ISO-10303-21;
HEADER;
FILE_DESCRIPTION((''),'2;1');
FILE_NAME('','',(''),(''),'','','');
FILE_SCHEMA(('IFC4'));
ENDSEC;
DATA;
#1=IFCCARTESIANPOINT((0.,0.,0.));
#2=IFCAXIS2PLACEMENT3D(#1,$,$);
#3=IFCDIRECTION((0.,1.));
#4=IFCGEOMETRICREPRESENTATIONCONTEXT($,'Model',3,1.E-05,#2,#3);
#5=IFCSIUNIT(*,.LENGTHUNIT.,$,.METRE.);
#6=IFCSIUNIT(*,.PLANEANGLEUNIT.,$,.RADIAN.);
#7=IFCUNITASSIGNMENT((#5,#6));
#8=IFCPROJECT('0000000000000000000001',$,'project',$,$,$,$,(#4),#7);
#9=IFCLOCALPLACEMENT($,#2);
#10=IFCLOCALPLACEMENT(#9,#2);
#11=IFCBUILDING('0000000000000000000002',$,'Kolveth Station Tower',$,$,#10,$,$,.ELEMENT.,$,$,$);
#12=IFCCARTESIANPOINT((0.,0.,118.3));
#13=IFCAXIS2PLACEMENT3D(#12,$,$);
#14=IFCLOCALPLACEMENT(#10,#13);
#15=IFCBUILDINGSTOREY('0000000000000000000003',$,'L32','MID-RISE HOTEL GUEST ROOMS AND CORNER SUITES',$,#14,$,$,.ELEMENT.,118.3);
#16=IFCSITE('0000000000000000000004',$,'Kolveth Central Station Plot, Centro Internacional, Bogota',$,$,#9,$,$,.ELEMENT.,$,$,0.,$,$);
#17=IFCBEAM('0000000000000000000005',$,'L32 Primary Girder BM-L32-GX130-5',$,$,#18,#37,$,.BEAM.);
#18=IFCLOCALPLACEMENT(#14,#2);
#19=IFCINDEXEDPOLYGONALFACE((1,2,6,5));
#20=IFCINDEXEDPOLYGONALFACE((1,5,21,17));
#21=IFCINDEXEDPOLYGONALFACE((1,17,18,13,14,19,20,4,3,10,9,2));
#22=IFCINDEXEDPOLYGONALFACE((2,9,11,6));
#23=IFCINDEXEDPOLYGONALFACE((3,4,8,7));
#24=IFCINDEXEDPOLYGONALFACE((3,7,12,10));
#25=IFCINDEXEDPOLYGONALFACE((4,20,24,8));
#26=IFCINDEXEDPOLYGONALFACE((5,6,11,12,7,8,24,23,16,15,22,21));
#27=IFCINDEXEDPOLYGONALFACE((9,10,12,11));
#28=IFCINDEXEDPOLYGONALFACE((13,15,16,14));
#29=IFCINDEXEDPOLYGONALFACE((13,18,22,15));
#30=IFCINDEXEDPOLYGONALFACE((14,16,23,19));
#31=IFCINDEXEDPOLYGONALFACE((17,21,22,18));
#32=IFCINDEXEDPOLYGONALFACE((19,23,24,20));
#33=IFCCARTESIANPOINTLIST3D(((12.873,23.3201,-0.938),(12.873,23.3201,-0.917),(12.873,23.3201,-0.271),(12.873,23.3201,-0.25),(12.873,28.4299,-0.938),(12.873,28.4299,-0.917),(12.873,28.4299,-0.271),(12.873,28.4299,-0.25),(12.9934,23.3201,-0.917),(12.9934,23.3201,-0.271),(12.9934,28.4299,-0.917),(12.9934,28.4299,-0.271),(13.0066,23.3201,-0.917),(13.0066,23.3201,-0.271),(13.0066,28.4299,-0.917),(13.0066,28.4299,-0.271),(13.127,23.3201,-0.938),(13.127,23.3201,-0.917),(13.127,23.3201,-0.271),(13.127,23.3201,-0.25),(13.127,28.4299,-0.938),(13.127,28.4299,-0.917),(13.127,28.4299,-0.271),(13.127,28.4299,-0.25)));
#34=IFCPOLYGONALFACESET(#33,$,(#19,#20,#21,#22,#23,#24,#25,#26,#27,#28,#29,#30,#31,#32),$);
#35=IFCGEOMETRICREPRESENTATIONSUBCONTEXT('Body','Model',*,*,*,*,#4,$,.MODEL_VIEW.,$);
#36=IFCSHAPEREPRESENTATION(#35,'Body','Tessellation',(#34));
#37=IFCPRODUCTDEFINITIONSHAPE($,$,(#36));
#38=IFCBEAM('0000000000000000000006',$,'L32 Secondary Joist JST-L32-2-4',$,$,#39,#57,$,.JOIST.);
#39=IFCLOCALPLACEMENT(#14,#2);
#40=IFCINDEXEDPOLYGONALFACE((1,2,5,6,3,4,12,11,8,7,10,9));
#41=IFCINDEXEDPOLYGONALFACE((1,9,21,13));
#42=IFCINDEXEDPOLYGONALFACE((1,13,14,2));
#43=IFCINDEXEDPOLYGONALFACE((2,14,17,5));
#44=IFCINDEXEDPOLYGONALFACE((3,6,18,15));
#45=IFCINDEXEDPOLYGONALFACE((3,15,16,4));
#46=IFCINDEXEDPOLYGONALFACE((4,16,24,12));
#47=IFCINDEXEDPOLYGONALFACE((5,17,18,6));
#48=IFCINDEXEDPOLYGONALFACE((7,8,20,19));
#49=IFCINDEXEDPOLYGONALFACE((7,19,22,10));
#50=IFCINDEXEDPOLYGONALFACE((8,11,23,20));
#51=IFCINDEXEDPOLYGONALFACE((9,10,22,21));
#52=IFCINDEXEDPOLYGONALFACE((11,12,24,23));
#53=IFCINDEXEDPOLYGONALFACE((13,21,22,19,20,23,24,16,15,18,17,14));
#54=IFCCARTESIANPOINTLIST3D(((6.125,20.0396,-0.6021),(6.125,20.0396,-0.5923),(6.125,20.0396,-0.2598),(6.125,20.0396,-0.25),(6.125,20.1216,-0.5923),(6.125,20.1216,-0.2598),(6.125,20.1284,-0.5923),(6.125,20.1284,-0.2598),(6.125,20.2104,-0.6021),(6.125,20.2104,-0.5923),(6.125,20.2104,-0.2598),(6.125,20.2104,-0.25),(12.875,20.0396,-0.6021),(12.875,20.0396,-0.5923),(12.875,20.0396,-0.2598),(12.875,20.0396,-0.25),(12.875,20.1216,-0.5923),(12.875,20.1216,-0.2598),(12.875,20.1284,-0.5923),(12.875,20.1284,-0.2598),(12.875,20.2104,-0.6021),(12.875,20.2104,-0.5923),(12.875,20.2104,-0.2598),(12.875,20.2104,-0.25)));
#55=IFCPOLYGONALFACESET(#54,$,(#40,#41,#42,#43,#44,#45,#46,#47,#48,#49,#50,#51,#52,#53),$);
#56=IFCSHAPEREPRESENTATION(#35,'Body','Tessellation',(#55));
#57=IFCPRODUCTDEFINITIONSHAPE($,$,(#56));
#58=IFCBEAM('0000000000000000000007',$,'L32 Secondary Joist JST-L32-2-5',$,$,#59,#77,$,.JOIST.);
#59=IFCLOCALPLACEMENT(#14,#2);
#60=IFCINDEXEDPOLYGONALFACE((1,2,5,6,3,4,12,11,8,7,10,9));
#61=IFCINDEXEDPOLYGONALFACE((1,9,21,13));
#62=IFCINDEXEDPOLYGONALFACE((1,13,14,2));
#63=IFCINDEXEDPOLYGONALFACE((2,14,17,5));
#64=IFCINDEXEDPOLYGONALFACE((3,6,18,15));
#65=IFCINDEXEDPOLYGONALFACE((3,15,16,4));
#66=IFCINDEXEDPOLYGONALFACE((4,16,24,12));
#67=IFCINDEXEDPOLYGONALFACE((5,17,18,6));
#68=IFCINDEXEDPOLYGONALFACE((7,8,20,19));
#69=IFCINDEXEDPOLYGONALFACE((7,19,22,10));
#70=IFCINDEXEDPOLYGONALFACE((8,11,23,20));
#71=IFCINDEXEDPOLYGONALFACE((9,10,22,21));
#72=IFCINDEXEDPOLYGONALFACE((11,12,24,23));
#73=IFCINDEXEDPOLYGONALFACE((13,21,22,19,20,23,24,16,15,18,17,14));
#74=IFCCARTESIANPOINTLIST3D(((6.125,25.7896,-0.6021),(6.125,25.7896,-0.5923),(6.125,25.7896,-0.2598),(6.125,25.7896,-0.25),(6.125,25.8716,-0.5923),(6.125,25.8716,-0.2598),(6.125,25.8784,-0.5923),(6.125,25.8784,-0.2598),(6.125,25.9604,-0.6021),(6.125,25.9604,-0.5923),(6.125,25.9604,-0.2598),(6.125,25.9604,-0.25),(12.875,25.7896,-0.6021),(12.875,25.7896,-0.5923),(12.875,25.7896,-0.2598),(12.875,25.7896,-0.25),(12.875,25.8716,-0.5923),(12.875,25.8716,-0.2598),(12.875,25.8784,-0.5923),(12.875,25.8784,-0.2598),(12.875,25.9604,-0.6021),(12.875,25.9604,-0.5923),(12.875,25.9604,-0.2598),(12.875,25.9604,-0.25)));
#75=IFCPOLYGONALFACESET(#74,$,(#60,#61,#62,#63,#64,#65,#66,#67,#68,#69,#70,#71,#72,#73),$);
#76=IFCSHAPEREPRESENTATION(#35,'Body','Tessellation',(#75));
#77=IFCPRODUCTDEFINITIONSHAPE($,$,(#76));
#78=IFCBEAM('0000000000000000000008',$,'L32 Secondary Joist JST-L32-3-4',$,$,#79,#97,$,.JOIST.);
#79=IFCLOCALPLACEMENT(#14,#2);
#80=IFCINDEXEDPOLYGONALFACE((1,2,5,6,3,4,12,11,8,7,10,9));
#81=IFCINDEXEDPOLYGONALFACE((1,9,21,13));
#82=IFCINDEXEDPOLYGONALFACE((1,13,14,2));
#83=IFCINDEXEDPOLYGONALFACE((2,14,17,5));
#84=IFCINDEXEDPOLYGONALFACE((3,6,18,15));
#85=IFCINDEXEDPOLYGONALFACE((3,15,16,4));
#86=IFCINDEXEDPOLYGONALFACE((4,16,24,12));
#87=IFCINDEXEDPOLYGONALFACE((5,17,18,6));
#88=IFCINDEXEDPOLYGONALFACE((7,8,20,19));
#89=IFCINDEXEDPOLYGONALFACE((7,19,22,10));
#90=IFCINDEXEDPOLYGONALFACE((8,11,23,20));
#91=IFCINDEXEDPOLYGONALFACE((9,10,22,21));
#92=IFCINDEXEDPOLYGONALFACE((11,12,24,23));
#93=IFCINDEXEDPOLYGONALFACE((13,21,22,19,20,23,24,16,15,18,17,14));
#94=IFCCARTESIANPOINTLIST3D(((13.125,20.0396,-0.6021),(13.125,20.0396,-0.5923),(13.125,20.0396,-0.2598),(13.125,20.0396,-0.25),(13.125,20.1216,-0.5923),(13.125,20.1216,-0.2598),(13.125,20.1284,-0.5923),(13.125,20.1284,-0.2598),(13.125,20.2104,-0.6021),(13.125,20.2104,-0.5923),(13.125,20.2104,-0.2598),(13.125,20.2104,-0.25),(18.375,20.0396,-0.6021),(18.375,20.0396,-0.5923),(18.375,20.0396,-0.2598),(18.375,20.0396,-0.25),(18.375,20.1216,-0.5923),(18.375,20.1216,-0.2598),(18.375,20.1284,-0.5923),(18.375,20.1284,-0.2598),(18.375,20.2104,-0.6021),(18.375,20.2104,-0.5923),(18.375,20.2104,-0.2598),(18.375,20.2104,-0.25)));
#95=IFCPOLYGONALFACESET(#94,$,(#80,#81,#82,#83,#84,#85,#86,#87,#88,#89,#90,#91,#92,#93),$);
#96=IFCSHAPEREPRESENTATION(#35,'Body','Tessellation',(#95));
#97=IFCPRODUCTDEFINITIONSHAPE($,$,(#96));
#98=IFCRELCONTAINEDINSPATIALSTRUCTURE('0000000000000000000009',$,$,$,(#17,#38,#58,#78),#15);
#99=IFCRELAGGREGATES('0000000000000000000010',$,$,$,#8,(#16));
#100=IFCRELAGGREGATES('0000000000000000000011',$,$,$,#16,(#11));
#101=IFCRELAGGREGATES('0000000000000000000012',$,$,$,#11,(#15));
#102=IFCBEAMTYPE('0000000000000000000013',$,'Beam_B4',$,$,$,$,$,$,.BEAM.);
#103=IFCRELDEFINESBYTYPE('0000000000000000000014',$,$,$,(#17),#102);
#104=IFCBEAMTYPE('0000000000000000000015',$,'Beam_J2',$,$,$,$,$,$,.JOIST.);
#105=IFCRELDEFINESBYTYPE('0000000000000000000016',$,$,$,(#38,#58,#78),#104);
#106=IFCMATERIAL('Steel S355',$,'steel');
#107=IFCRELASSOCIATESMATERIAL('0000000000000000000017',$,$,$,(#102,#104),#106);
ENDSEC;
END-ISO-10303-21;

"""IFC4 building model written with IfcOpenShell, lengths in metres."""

from ifc_helpers import new_model, si_unit, direction, frame, origin, origin_2d, place, context, subcontext, project, spatial, i_section, extrude, source, transform, mapped, material, material_profile, profile_set, type_object, element, save


model = new_model("IFC4")

# Units and contexts
model_context = context("Model", 3, precision=1e-05, world=origin(), true_north=direction((0.0, 1.0)))
body_context = subcontext(model_context, "Body", "Model", "MODEL_VIEW")
ifc_project = project(units=[si_unit("LENGTHUNIT", "METRE"), si_unit("PLANEANGLEUNIT", "RADIAN")], contexts=[model_context])

# Site, building, storey
site_placement = place(None, origin())
site = spatial("IfcSite", under=ifc_project, at=site_placement, Name="Kolveth Central Station Plot, Centro Internacional, Bogota", CompositionType="ELEMENT", RefElevation=0.0)
building_placement = place(site_placement, origin())
building = spatial("IfcBuilding", under=site, at=building_placement, Name="Kolveth Station Tower", CompositionType="ELEMENT")
storey_placement = place(building_placement, frame((0.0, 0.0, 118.3)))
storey = spatial("IfcBuildingStorey", under=building, at=storey_placement, Name="L32", Description="MID-RISE HOTEL GUEST ROOMS AND CORNER SUITES", CompositionType="ELEMENT", Elevation=118.3)

# Shared definitions
ifc_material_1 = material(Name="Steel S355", Category="steel")

# Beams
ifc_material_profile_1 = material_profile(ifc_material_1, i_section(OverallWidth=0.2539, OverallDepth=0.688, WebThickness=0.0132, FlangeThickness=0.021, at=origin_2d()), Name="W690x152")
ifc_profile_set_1 = profile_set([ifc_material_profile_1], Name="Steel S355")
beam_type_1 = type_object("IfcBeamType", Name="Beam_B4", PredefinedType="BEAM", material=ifc_profile_set_1)
shared_shape_1 = source(origin(), body_context, "Body", "SweptSolid", [
    extrude(i_section(OverallWidth=0.2539, OverallDepth=0.688, WebThickness=0.0132, FlangeThickness=0.021, at=origin_2d()), origin(), (0.0, 0.0, 1.0), 5.1099),
])
for number, where, z_axis, x_axis, name in (
    (1, (13.0, 23.3201, -0.594), (0.0, 1.0, 0.0), (-1.0, 0.0, 0.0), "L32 Primary Girder BM-L32-GX130-5"),
):
    element("IfcBeam", number, at=place(storey_placement, frame(where, z_axis=z_axis, x_axis=x_axis)), inside=storey, type_object=beam_type_1, Name=name, PredefinedType="BEAM", context=body_context, shape_type="MappedRepresentation", body=[
        mapped(shared_shape_1, transform((0.0, 0.0, 0.0), x_axis=(1.0, 0.0, 0.0), y_axis=(0.0, 1.0, 0.0), z_axis=(0.0, 0.0, 1.0), scale=1.0)),
    ])
ifc_material_profile_2 = material_profile(ifc_material_1, i_section(OverallWidth=0.1709, OverallDepth=0.3521, WebThickness=0.0068, FlangeThickness=0.0098, at=origin_2d()), Name="W360x44")
ifc_profile_set_2 = profile_set([ifc_material_profile_2], Name="Steel S355")
beam_type_2 = type_object("IfcBeamType", Name="Beam_J2", PredefinedType="JOIST", material=ifc_profile_set_2)
shared_shape_2 = source(origin(), body_context, "Body", "SweptSolid", [
    extrude(i_section(OverallWidth=0.1709, OverallDepth=0.3521, WebThickness=0.0068, FlangeThickness=0.0098, at=origin_2d()), origin(), (0.0, 0.0, 1.0), 6.75),
])
for number, where, z_axis, x_axis, name in (
    (2, (6.125, 20.125, -0.426), (1.0, 0.0, 0.0), (0.0, 1.0, 0.0), "L32 Secondary Joist JST-L32-2-4"),
    (3, (6.125, 25.875, -0.426), (1.0, 0.0, 0.0), (0.0, 1.0, 0.0), "L32 Secondary Joist JST-L32-2-5"),
):
    element("IfcBeam", number, at=place(storey_placement, frame(where, z_axis=z_axis, x_axis=x_axis)), inside=storey, type_object=beam_type_2, Name=name, PredefinedType="JOIST", context=body_context, shape_type="MappedRepresentation", body=[
        mapped(shared_shape_2, transform((0.0, 0.0, 0.0), x_axis=(1.0, 0.0, 0.0), y_axis=(0.0, 1.0, 0.0), z_axis=(0.0, 0.0, 1.0), scale=1.0)),
    ])
shared_shape_3 = source(origin(), body_context, "Body", "SweptSolid", [
    extrude(i_section(OverallWidth=0.1709, OverallDepth=0.3521, WebThickness=0.0068, FlangeThickness=0.0098, at=origin_2d()), origin(), (0.0, 0.0, 1.0), 5.25),
])
beam_placement = place(storey_placement, frame((13.125, 20.125, -0.426), z_axis=(1.0, 0.0, 0.0), x_axis=(0.0, 1.0, 0.0)))
element("IfcBeam", 4, at=beam_placement, inside=storey, type_object=beam_type_2, Name="L32 Secondary Joist JST-L32-3-4", PredefinedType="JOIST", context=body_context, shape_type="MappedRepresentation", body=[
    mapped(shared_shape_3, transform((0.0, 0.0, 0.0), x_axis=(1.0, 0.0, 0.0), y_axis=(0.0, 1.0, 0.0), z_axis=(0.0, 0.0, 1.0), scale=1.0)),
])

save(model, "model.ifc")
